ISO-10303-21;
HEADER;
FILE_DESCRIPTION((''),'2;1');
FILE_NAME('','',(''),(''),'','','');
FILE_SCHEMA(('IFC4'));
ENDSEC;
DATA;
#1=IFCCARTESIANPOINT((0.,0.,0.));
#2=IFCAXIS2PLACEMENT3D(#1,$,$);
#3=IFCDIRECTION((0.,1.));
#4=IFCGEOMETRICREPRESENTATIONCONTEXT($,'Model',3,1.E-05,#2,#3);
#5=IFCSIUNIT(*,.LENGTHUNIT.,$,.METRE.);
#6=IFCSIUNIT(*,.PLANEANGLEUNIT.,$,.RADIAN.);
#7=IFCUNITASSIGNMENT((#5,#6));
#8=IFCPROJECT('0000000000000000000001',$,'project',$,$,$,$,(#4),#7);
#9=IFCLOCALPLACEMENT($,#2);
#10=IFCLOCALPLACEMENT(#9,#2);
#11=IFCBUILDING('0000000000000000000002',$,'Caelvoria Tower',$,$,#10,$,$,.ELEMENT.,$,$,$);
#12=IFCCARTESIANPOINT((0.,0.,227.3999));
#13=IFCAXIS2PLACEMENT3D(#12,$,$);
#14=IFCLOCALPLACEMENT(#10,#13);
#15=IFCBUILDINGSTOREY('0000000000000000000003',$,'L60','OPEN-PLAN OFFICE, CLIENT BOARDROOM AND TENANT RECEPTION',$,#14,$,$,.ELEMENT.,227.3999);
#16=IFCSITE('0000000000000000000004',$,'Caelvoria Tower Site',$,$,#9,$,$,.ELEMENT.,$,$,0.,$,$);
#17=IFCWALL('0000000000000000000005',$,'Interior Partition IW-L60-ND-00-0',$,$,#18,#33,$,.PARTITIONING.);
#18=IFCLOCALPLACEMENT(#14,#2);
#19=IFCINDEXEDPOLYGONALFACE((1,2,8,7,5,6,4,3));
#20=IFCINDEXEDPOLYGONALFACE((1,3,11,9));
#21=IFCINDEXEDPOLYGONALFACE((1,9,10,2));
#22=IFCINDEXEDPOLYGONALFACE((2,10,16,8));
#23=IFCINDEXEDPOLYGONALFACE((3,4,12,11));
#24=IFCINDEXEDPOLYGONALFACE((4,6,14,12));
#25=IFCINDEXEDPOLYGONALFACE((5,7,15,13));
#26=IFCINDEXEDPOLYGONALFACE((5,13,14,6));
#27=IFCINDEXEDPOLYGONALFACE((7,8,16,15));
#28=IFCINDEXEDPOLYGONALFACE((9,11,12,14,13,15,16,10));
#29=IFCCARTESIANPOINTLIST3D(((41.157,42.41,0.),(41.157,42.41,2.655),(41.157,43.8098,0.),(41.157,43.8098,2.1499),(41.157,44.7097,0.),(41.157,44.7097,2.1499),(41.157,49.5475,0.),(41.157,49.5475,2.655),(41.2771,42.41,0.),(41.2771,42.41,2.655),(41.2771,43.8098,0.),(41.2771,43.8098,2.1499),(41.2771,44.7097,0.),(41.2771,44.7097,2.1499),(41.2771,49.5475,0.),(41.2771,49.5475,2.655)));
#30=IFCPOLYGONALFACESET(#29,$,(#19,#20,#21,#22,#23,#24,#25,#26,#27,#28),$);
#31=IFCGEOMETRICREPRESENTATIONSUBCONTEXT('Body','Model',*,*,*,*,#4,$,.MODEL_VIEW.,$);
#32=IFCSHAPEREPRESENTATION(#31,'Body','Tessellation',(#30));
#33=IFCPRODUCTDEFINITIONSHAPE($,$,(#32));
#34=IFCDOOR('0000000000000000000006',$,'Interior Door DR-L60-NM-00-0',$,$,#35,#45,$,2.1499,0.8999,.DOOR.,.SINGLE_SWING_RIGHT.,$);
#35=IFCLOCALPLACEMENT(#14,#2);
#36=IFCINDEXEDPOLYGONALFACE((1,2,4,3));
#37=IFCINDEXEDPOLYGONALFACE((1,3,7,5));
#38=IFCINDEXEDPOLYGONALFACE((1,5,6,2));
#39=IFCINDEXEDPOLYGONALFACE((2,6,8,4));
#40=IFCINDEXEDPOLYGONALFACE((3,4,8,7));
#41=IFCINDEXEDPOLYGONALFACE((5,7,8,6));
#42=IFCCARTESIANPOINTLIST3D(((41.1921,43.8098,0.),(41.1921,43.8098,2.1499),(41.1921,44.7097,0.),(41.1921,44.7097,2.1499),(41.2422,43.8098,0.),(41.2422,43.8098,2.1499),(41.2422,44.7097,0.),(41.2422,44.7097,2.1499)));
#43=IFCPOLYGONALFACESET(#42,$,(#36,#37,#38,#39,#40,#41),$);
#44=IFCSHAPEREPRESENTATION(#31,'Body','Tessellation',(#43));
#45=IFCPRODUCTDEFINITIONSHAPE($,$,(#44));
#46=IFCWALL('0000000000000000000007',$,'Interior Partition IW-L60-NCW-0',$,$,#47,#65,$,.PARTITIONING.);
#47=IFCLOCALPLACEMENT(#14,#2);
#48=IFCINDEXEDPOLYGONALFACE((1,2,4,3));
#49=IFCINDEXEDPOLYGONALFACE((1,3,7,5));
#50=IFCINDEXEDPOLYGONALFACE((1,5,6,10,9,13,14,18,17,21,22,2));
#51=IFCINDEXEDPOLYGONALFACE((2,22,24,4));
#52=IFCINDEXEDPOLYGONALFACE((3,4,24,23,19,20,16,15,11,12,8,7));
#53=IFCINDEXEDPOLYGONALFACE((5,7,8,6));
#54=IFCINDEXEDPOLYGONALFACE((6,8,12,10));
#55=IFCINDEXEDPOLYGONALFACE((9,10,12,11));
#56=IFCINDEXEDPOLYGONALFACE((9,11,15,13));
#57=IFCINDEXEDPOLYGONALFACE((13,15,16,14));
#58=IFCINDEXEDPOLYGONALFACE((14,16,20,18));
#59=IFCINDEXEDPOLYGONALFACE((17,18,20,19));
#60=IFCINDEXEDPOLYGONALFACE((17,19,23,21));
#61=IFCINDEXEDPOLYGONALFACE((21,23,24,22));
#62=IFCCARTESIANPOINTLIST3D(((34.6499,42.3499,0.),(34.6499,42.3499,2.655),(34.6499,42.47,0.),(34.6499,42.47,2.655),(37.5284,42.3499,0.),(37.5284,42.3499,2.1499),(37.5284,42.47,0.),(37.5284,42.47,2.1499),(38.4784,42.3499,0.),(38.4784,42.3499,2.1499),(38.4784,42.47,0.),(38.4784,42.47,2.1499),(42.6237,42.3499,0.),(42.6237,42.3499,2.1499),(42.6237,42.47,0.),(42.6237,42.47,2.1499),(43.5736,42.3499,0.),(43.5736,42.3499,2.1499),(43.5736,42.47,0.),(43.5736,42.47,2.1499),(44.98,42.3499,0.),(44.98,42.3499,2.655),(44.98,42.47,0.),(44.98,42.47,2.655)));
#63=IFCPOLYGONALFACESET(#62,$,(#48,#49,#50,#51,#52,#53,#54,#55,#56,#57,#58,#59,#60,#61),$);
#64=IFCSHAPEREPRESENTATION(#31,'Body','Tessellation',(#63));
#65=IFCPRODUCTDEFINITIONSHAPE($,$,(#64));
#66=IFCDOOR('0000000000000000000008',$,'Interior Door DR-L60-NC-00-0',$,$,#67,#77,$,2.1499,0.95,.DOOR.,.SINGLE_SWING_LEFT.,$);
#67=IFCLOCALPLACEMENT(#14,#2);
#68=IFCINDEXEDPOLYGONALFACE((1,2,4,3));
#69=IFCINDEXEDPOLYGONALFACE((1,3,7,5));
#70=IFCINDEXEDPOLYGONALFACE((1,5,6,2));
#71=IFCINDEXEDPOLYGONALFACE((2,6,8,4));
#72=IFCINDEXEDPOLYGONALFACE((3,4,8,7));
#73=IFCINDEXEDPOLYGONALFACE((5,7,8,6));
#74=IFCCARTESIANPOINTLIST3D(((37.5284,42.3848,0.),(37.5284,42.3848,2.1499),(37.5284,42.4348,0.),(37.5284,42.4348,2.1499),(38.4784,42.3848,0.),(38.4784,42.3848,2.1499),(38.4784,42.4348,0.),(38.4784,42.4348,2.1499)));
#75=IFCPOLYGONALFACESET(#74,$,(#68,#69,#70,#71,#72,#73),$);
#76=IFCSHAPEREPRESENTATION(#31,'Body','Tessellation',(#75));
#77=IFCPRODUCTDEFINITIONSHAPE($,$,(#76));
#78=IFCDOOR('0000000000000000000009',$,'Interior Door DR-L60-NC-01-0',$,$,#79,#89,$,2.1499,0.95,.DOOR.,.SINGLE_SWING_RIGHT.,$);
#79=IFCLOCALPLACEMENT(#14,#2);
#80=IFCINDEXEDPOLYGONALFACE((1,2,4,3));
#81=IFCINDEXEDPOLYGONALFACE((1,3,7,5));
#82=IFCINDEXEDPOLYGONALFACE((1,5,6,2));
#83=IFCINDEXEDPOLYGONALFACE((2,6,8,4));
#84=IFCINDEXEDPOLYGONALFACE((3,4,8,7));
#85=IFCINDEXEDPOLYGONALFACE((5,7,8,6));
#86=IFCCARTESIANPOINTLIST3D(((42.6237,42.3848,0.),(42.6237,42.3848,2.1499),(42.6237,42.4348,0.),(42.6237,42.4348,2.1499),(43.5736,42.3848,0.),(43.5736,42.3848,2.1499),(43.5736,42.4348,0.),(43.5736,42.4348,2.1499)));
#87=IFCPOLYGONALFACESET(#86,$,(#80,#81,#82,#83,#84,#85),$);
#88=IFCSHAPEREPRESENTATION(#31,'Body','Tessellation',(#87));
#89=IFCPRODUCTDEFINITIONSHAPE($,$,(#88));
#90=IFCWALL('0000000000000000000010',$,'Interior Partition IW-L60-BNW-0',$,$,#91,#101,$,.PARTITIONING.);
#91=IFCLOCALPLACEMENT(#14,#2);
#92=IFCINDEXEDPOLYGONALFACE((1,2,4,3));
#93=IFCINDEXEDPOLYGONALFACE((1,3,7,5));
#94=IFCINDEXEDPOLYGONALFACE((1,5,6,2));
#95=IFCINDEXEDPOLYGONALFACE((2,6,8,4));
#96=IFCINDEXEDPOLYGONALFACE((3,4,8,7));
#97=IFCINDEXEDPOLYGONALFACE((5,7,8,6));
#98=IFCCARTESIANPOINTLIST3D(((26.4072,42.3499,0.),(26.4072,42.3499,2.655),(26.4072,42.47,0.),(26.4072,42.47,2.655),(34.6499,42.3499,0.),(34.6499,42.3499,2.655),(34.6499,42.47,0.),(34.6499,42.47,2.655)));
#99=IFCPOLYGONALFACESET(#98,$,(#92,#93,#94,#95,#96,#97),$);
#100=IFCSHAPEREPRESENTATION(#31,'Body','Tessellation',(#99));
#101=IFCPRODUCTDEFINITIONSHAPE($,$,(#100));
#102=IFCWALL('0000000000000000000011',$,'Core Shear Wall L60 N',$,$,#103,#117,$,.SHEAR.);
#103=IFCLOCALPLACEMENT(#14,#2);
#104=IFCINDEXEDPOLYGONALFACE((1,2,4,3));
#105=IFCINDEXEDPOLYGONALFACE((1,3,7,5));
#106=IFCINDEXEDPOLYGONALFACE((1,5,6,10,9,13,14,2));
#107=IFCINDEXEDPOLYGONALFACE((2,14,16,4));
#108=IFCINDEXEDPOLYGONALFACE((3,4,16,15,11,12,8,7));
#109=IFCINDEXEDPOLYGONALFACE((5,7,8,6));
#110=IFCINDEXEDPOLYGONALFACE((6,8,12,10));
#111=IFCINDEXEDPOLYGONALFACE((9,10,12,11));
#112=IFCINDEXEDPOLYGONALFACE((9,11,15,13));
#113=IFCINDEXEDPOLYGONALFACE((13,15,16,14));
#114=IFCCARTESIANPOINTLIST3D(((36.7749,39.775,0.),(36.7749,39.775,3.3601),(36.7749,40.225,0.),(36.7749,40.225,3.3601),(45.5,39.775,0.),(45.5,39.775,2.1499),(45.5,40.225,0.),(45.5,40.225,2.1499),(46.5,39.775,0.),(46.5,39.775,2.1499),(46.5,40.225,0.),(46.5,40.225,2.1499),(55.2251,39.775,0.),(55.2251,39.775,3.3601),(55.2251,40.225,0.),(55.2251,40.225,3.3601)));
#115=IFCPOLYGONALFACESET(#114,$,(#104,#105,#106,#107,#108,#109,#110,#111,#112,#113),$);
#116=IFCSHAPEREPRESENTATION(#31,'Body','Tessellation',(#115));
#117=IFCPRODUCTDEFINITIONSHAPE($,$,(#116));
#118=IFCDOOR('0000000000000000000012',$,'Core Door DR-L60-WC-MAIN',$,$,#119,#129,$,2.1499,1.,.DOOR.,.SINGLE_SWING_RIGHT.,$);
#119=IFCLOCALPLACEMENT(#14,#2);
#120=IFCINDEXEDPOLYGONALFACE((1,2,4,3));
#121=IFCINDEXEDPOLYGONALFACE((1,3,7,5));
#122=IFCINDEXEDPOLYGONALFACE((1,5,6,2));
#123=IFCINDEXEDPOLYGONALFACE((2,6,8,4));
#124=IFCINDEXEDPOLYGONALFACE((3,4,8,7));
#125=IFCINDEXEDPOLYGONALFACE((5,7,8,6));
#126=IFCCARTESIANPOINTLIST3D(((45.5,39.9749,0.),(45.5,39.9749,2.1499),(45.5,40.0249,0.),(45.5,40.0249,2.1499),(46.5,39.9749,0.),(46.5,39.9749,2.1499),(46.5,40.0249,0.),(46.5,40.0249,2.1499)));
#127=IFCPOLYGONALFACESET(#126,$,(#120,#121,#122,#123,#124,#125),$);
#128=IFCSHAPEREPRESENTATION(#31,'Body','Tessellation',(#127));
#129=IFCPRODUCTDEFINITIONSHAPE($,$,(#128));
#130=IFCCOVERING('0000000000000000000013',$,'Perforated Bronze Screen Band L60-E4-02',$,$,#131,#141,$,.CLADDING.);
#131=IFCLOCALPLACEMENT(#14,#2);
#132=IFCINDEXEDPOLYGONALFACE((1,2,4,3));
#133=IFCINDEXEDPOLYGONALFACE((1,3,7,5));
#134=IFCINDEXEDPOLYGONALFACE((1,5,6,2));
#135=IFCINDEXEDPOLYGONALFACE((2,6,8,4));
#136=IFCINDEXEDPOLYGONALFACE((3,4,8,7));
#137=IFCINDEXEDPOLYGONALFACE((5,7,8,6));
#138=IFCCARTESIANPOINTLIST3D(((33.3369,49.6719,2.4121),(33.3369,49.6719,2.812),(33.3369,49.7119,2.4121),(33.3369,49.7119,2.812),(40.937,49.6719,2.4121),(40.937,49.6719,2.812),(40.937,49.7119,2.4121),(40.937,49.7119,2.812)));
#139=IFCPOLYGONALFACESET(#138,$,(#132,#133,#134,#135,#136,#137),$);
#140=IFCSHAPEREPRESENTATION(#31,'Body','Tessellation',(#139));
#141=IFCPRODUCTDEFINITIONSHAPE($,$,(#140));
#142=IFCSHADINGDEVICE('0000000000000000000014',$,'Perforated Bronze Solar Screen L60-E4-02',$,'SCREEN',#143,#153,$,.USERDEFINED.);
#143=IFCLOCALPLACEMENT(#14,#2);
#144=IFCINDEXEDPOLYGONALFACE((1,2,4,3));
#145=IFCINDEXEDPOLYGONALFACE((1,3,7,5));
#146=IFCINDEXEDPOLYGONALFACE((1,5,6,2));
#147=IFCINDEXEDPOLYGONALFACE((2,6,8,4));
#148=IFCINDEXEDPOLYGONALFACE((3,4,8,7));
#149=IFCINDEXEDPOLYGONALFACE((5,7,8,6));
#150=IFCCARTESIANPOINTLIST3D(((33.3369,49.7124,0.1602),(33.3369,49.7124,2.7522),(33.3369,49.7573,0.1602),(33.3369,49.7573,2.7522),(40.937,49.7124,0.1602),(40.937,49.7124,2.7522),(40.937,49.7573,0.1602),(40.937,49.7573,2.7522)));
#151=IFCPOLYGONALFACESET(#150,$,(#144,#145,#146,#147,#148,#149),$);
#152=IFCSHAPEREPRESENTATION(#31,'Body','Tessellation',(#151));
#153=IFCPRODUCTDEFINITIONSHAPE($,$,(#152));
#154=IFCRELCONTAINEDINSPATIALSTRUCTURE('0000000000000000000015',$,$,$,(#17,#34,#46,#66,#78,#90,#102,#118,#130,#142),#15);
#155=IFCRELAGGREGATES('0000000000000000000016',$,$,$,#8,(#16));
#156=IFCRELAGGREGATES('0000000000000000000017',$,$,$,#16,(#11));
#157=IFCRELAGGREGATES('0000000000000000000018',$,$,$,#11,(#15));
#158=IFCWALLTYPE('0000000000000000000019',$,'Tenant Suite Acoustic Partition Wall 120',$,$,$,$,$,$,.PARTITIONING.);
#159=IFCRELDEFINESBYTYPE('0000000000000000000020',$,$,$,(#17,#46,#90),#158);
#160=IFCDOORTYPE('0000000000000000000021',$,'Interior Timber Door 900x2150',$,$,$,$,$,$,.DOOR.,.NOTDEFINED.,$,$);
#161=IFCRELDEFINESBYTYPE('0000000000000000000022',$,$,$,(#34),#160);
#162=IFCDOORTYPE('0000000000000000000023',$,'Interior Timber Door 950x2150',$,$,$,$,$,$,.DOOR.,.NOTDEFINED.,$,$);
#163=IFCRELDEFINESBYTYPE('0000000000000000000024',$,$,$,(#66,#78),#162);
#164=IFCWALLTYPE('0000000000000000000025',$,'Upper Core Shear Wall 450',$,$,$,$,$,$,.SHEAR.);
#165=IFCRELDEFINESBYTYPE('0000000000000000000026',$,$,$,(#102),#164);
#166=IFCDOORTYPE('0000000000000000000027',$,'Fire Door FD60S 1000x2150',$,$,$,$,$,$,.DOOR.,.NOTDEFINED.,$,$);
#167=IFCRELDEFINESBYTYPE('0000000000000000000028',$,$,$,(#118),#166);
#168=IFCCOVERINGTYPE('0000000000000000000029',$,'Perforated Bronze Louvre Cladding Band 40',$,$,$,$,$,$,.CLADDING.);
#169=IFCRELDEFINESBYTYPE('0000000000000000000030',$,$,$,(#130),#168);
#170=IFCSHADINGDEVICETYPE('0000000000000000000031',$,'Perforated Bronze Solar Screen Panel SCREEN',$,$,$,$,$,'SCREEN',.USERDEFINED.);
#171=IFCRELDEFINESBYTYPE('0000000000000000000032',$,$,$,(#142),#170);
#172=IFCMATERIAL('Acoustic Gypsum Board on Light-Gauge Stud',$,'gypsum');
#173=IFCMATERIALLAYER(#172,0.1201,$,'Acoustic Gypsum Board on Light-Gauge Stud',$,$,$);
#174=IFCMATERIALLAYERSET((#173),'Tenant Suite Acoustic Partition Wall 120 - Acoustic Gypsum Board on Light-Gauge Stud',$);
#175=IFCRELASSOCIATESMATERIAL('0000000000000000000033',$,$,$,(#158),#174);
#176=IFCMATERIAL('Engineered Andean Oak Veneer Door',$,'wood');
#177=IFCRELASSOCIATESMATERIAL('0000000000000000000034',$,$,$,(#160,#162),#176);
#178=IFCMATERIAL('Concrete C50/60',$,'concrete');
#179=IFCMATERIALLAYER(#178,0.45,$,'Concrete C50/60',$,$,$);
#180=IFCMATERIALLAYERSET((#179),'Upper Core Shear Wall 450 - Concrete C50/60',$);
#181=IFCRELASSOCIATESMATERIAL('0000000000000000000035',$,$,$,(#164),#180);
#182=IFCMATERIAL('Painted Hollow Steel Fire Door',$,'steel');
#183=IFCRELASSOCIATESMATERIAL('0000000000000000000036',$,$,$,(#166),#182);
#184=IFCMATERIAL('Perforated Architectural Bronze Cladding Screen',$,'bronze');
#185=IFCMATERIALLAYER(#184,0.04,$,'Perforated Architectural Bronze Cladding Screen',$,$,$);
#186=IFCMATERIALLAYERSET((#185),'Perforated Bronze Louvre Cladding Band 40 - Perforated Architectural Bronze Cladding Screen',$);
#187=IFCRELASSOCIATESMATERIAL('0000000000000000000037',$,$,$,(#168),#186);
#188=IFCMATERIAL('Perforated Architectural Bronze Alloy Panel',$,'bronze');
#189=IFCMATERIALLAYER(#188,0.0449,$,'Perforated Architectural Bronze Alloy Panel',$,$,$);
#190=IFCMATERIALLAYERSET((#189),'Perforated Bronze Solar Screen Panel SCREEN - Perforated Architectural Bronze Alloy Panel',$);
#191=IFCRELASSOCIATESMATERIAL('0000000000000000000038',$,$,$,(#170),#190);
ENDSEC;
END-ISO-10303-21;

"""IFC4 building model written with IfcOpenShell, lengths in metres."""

from ifc_helpers import new_model, si_unit, direction, frame, frame_2d, origin, origin_2d, place, context, subcontext, project, spatial, rectangle, extrude, material, layer, layer_set, type_object, element, fill, save


model = new_model("IFC4")

# Units and contexts
model_context = context("Model", 3, precision=1e-05, world=origin(), true_north=direction((0.0, 1.0)))
body_context = subcontext(model_context, "Body", "Model", "MODEL_VIEW")
ifc_project = project(units=[si_unit("LENGTHUNIT", "METRE"), si_unit("PLANEANGLEUNIT", "RADIAN")], contexts=[model_context])

# Site, building, storey
site_placement = place(None, origin())
site = spatial("IfcSite", under=ifc_project, at=site_placement, Name="Caelvoria Tower Site", CompositionType="ELEMENT", RefElevation=0.0)
building_placement = place(site_placement, origin())
building = spatial("IfcBuilding", under=site, at=building_placement, Name="Caelvoria Tower", CompositionType="ELEMENT")
storey_placement = place(building_placement, frame((0.0, 0.0, 227.3999)))
storey = spatial("IfcBuildingStorey", under=building, at=storey_placement, Name="L60", Description="OPEN-PLAN OFFICE, CLIENT BOARDROOM AND TENANT RECEPTION", CompositionType="ELEMENT", Elevation=227.3999)

# Wall, opening, door
ifc_material_1 = material(Name="Acoustic Gypsum Board on Light-Gauge Stud", Category="gypsum")
ifc_layer_1 = layer(ifc_material_1, 0.1201, Name="Acoustic Gypsum Board on Light-Gauge Stud")
ifc_layer_set_1 = layer_set([ifc_layer_1], Name="Tenant Suite Acoustic Partition Wall 120 - Acoustic Gypsum Board on Light-Gauge Stud")
wall_type_1 = type_object("IfcWallType", Name="Tenant Suite Acoustic Partition Wall 120", PredefinedType="PARTITIONING", material=ifc_layer_set_1)
wall_1_placement = place(storey_placement, frame((41.217, 42.4099, 0.0), z_axis=(0.0, 0.0, 1.0), x_axis=(0.0, 1.0, 0.0)))
wall_1 = element("IfcWall", 1, at=wall_1_placement, inside=storey, type_object=wall_type_1, Name="Interior Partition IW-L60-ND-00-0", PredefinedType="PARTITIONING", context=body_context, shape_type="SweptSolid", body=[
    extrude(rectangle(XDim=7.1375, YDim=0.1201, at=frame_2d((3.5688, 0.0))), origin(), (0.0, 0.0, 1.0), 2.655),
])
opening_1_placement = place(wall_1_placement, frame((1.3999, 0.0, 0.0)))
opening_1 = element("IfcOpeningElement", 2, at=opening_1_placement, cuts=wall_1, PredefinedType="OPENING", context=body_context, shape_type="SweptSolid", body=[
    extrude(rectangle(XDim=0.8999, YDim=2.1499, at=frame_2d((0.45, 1.075))), frame((0.0, 0.0701, 0.0), z_axis=(0.0, -1.0, 0.0), x_axis=(1.0, 0.0, 0.0)), (0.0, 0.0, 1.0), 0.1401),
])
ifc_material_2 = material(Name="Engineered Andean Oak Veneer Door", Category="wood")
door_type_1 = type_object("IfcDoorType", Name="Interior Timber Door 900x2150", OperationType="NOTDEFINED", PredefinedType="DOOR", material=ifc_material_2)
door_1_placement = place(opening_1_placement, origin())
door_1 = element("IfcDoor", 3, at=door_1_placement, inside=storey, type_object=door_type_1, Name="Interior Door DR-L60-NM-00-0", OperationType="SINGLE_SWING_RIGHT", OverallHeight=2.1499, OverallWidth=0.8999, PredefinedType="DOOR", context=body_context, shape_type="SweptSolid", body=[
    extrude(rectangle(XDim=0.8999, YDim=2.1499, at=frame_2d((0.45, 1.075))), frame((0.0, 0.0249, 0.0), z_axis=(0.0, -1.0, 0.0), x_axis=(1.0, 0.0, 0.0)), (0.0, 0.0, 1.0), 0.05),
])
fill(opening_1, door_1)

# Wall, openings, doors
wall_2_placement = place(storey_placement, frame((34.6499, 42.4099, 0.0), z_axis=(0.0, 0.0, 1.0), x_axis=(1.0, 0.0, 0.0)))
wall_2 = element("IfcWall", 4, at=wall_2_placement, inside=storey, type_object=wall_type_1, Name="Interior Partition IW-L60-NCW-0", PredefinedType="PARTITIONING", context=body_context, shape_type="SweptSolid", body=[
    extrude(rectangle(XDim=10.3301, YDim=0.1201, at=frame_2d((5.165, 0.0))), origin(), (0.0, 0.0, 1.0), 2.655),
])
opening_2_placement = place(wall_2_placement, frame((2.8784, 0.0, 0.0)))
opening_2 = element("IfcOpeningElement", 5, at=opening_2_placement, cuts=wall_2, PredefinedType="OPENING", context=body_context, shape_type="SweptSolid", body=[
    extrude(rectangle(XDim=0.95, YDim=2.1499, at=frame_2d((0.4751, 1.075))), frame((0.0, 0.0701, 0.0), z_axis=(0.0, -1.0, 0.0), x_axis=(1.0, 0.0, 0.0)), (0.0, 0.0, 1.0), 0.1401),
])
opening_3_placement = place(wall_2_placement, frame((7.9736, 0.0, 0.0)))
opening_3 = element("IfcOpeningElement", 6, at=opening_3_placement, cuts=wall_2, PredefinedType="OPENING", context=body_context, shape_type="SweptSolid", body=[
    extrude(rectangle(XDim=0.95, YDim=2.1499, at=frame_2d((0.4751, 1.075))), frame((0.0, 0.0701, 0.0), z_axis=(0.0, -1.0, 0.0), x_axis=(1.0, 0.0, 0.0)), (0.0, 0.0, 1.0), 0.1401),
])
door_type_2 = type_object("IfcDoorType", Name="Interior Timber Door 950x2150", OperationType="NOTDEFINED", PredefinedType="DOOR", material=ifc_material_2)
door_2_placement = place(opening_2_placement, origin())
door_2 = element("IfcDoor", 7, at=door_2_placement, inside=storey, type_object=door_type_2, Name="Interior Door DR-L60-NC-00-0", OperationType="SINGLE_SWING_LEFT", OverallHeight=2.1499, OverallWidth=0.95, PredefinedType="DOOR", context=body_context, shape_type="SweptSolid", body=[
    extrude(rectangle(XDim=0.95, YDim=2.1499, at=frame_2d((0.4751, 1.075))), frame((0.0, 0.0249, 0.0), z_axis=(0.0, -1.0, 0.0), x_axis=(1.0, 0.0, 0.0)), (0.0, 0.0, 1.0), 0.05),
])
fill(opening_2, door_2)
door_3_placement = place(opening_3_placement, origin())
door_3 = element("IfcDoor", 8, at=door_3_placement, inside=storey, type_object=door_type_2, Name="Interior Door DR-L60-NC-01-0", OperationType="SINGLE_SWING_RIGHT", OverallHeight=2.1499, OverallWidth=0.95, PredefinedType="DOOR", context=body_context, shape_type="SweptSolid", body=[
    extrude(rectangle(XDim=0.95, YDim=2.1499, at=frame_2d((0.4751, 1.075))), frame((0.0, 0.0249, 0.0), z_axis=(0.0, -1.0, 0.0), x_axis=(1.0, 0.0, 0.0)), (0.0, 0.0, 1.0), 0.05),
])
fill(opening_3, door_3)

# Wall
wall_3_placement = place(storey_placement, frame((34.6499, 42.4099, 0.0), z_axis=(0.0, 0.0, 1.0), x_axis=(-1.0, 0.0, 0.0)))
element("IfcWall", 9, at=wall_3_placement, inside=storey, type_object=wall_type_1, Name="Interior Partition IW-L60-BNW-0", PredefinedType="PARTITIONING", context=body_context, shape_type="SweptSolid", body=[
    extrude(rectangle(XDim=8.2427, YDim=0.1201, at=frame_2d((4.1213, 0.0))), origin(), (0.0, 0.0, 1.0), 2.655),
])

# Wall, opening, door
ifc_material_3 = material(Name="Concrete C50/60", Category="concrete")
ifc_layer_2 = layer(ifc_material_3, 0.45, Name="Concrete C50/60")
ifc_layer_set_2 = layer_set([ifc_layer_2], Name="Upper Core Shear Wall 450 - Concrete C50/60")
wall_type_2 = type_object("IfcWallType", Name="Upper Core Shear Wall 450", PredefinedType="SHEAR", material=ifc_layer_set_2)
wall_4_placement = place(storey_placement, frame((36.7749, 40.0, 0.0), z_axis=(0.0, 0.0, 1.0), x_axis=(1.0, 0.0, 0.0)))
wall_4 = element("IfcWall", 10, at=wall_4_placement, inside=storey, type_object=wall_type_2, Name="Core Shear Wall L60 N", PredefinedType="SHEAR", context=body_context, shape_type="SweptSolid", body=[
    extrude(rectangle(XDim=18.4502, YDim=0.45, at=frame_2d((9.2251, 0.0))), origin(), (0.0, 0.0, 1.0), 3.3601),
])
opening_4_placement = place(wall_4_placement, frame((8.7251, 0.0, 0.0)))
opening_4 = element("IfcOpeningElement", 11, at=opening_4_placement, cuts=wall_4, PredefinedType="OPENING", context=body_context, shape_type="SweptSolid", body=[
    extrude(rectangle(XDim=1.0, YDim=2.1499, at=frame_2d((0.5, 1.075))), frame((0.0, 0.2349, 0.0), z_axis=(0.0, -1.0, 0.0), x_axis=(1.0, 0.0, 0.0)), (0.0, 0.0, 1.0), 0.47),
])
ifc_material_4 = material(Name="Painted Hollow Steel Fire Door", Category="steel")
door_type_3 = type_object("IfcDoorType", Name="Fire Door FD60S 1000x2150", OperationType="NOTDEFINED", PredefinedType="DOOR", material=ifc_material_4)
door_4_placement = place(opening_4_placement, origin())
door_4 = element("IfcDoor", 12, at=door_4_placement, inside=storey, type_object=door_type_3, Name="Core Door DR-L60-WC-MAIN", OperationType="SINGLE_SWING_RIGHT", OverallHeight=2.1499, OverallWidth=1.0, PredefinedType="DOOR", context=body_context, shape_type="SweptSolid", body=[
    extrude(rectangle(XDim=1.0, YDim=2.1499, at=frame_2d((0.5, 1.075))), frame((0.0, 0.0249, 0.0), z_axis=(0.0, -1.0, 0.0), x_axis=(1.0, 0.0, 0.0)), (0.0, 0.0, 1.0), 0.05),
])
fill(opening_4, door_4)

# Covering
ifc_material_5 = material(Name="Perforated Architectural Bronze Cladding Screen", Category="bronze")
ifc_layer_3 = layer(ifc_material_5, 0.04, Name="Perforated Architectural Bronze Cladding Screen")
ifc_layer_set_3 = layer_set([ifc_layer_3], Name="Perforated Bronze Louvre Cladding Band 40 - Perforated Architectural Bronze Cladding Screen")
covering_type = type_object("IfcCoveringType", Name="Perforated Bronze Louvre Cladding Band 40", PredefinedType="CLADDING", material=ifc_layer_set_3)
covering_placement = place(storey_placement, frame((37.137, 49.6919, 2.4121), z_axis=(0.0, 0.0, 1.0), x_axis=(-1.0, 0.0, 0.0)))
element("IfcCovering", 13, at=covering_placement, inside=storey, type_object=covering_type, Name="Perforated Bronze Screen Band L60-E4-02", PredefinedType="CLADDING", context=body_context, shape_type="SweptSolid", body=[
    extrude(rectangle(XDim=7.6001, YDim=0.04, at=origin_2d()), origin(), (0.0, 0.0, 1.0), 0.3999),
])

# Shading device
ifc_material_6 = material(Name="Perforated Architectural Bronze Alloy Panel", Category="bronze")
ifc_layer_4 = layer(ifc_material_6, 0.0449, Name="Perforated Architectural Bronze Alloy Panel")
ifc_layer_set_4 = layer_set([ifc_layer_4], Name="Perforated Bronze Solar Screen Panel SCREEN - Perforated Architectural Bronze Alloy Panel")
shading_device_type = type_object("IfcShadingDeviceType", Name="Perforated Bronze Solar Screen Panel SCREEN", ElementType="SCREEN", PredefinedType="USERDEFINED", material=ifc_layer_set_4)
shading_device_placement = place(storey_placement, frame((37.137, 49.7349, 0.1602), z_axis=(0.0, 0.0, 1.0), x_axis=(-1.0, 0.0, 0.0)))
element("IfcShadingDevice", 14, at=shading_device_placement, inside=storey, type_object=shading_device_type, Name="Perforated Bronze Solar Screen L60-E4-02", ObjectType="SCREEN", PredefinedType="USERDEFINED", context=body_context, shape_type="SweptSolid", body=[
    extrude(rectangle(XDim=7.6001, YDim=0.0449, at=origin_2d()), origin(), (0.0, 0.0, 1.0), 2.592),
])

save(model, "model.ifc")
